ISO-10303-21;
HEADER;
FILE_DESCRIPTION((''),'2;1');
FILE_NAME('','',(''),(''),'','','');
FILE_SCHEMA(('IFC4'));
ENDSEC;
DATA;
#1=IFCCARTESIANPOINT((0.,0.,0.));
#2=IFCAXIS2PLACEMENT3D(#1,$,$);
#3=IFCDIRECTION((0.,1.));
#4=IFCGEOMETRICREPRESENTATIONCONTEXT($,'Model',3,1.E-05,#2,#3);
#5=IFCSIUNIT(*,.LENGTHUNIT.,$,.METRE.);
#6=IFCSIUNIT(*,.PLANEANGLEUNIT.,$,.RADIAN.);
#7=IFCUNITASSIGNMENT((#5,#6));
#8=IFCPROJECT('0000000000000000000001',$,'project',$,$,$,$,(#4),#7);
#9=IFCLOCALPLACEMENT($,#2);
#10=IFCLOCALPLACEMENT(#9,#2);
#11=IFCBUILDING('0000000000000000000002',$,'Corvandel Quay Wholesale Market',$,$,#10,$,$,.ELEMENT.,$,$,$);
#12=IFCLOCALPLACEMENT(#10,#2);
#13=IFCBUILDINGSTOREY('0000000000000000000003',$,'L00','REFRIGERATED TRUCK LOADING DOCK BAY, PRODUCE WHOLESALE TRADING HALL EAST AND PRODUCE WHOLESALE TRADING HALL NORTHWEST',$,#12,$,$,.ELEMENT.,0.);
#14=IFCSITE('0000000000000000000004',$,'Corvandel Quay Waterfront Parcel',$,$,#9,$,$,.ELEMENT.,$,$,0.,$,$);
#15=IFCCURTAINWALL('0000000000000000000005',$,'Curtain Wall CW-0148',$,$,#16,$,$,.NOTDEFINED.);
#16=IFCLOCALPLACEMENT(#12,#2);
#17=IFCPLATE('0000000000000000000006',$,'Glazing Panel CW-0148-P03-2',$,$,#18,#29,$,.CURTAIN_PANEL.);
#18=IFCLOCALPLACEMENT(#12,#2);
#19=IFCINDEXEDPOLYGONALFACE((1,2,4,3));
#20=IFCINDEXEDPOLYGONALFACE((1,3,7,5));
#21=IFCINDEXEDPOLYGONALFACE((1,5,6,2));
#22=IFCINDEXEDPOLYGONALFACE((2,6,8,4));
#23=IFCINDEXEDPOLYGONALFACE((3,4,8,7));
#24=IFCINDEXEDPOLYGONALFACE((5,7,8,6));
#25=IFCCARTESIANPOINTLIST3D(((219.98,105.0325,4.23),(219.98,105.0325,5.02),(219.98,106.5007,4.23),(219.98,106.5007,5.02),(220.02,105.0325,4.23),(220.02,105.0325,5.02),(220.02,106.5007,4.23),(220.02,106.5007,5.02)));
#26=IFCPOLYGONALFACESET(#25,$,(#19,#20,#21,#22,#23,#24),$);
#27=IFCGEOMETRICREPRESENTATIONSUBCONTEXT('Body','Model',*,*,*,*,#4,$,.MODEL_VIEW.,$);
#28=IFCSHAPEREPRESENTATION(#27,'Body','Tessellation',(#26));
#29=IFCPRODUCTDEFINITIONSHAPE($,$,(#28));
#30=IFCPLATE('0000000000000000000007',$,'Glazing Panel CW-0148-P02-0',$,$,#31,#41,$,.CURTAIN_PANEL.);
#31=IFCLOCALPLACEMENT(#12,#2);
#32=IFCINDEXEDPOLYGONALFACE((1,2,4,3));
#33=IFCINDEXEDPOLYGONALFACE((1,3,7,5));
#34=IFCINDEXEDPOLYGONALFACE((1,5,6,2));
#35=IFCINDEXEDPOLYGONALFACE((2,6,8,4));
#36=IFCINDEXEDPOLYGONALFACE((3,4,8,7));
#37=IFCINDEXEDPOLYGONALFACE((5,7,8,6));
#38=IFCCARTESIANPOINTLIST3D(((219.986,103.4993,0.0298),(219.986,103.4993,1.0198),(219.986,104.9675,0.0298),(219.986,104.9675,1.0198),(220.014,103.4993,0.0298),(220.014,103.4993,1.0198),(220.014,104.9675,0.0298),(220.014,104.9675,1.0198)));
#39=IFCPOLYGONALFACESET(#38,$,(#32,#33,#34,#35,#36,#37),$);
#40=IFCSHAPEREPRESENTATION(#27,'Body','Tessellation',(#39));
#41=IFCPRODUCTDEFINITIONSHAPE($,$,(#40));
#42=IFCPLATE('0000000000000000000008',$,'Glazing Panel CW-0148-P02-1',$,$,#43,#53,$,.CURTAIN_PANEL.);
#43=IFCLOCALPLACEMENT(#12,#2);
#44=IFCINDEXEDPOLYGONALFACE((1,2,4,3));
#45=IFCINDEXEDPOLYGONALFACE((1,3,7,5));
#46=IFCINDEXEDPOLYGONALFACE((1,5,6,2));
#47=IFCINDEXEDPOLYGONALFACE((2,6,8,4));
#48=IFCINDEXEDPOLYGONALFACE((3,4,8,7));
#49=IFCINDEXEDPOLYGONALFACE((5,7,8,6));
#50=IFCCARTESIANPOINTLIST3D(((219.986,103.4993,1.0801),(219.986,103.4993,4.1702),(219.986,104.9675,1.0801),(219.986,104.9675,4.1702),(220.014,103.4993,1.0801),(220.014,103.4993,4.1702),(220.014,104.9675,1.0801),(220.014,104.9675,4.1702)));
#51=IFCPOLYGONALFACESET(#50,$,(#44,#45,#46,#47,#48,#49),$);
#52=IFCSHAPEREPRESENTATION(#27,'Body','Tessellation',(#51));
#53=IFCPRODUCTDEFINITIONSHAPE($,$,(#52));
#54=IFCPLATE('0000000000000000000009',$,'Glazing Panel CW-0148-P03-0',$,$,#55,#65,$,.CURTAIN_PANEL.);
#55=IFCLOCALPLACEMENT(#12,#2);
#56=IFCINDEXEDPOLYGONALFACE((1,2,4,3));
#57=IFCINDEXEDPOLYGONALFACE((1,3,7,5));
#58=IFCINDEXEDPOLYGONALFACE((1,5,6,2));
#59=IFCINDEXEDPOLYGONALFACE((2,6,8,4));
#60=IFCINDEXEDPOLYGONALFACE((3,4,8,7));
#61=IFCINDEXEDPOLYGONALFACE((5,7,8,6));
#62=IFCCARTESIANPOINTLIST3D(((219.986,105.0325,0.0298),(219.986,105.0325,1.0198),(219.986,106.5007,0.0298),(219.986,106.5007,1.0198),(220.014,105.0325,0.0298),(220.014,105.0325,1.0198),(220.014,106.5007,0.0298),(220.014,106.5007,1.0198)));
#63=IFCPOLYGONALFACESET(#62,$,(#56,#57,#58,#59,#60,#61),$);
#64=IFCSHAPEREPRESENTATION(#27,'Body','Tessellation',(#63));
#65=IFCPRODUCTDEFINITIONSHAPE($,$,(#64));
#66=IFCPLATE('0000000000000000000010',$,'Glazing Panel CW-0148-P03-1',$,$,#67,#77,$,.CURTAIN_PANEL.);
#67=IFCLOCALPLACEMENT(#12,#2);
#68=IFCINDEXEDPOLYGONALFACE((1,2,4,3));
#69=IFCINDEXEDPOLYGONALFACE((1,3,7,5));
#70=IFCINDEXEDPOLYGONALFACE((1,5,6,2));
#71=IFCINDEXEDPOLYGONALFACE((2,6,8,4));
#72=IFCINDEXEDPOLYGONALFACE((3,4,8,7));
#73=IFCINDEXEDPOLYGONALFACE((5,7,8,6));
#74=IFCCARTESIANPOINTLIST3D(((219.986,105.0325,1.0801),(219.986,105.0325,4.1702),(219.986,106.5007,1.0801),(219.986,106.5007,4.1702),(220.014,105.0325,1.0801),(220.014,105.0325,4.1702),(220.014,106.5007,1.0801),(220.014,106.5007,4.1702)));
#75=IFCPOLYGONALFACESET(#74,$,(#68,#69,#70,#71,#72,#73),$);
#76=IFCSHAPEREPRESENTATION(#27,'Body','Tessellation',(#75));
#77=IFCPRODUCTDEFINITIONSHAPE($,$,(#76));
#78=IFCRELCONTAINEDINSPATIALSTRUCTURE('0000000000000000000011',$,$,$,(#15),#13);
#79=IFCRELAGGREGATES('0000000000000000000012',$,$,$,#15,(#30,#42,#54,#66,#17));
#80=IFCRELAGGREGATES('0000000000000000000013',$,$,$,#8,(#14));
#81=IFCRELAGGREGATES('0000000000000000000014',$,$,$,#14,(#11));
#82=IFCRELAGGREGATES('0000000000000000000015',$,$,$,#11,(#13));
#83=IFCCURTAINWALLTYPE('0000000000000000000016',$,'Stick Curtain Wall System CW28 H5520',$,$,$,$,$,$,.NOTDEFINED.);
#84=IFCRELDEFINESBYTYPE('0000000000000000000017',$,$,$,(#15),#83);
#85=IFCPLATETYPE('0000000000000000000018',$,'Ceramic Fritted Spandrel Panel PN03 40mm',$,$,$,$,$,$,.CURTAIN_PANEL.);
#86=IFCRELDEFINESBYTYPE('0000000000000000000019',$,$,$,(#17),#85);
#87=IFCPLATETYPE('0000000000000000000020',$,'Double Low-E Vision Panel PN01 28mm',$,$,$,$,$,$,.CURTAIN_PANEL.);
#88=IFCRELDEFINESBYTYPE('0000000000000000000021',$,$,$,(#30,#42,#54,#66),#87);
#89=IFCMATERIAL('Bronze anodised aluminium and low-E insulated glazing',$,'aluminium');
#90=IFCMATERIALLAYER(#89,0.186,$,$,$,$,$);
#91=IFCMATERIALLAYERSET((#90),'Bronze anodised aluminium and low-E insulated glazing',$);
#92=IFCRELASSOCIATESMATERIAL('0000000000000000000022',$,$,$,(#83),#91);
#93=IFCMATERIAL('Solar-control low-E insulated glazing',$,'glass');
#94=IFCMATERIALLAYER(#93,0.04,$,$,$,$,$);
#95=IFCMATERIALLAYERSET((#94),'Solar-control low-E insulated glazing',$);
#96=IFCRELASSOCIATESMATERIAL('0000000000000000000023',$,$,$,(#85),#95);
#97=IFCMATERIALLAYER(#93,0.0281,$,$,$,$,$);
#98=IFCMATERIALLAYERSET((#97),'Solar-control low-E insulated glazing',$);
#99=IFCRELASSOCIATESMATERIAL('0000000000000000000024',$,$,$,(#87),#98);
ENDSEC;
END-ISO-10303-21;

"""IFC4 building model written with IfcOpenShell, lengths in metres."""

from ifc_helpers import new_model, si_unit, direction, frame, origin, origin_2d, place, context, subcontext, project, spatial, rectangle, extrude, material, layer, layer_set, type_object, element, aggregate, save


model = new_model("IFC4")

# Units and contexts
model_context = context("Model", 3, precision=1e-05, world=origin(), true_north=direction((0.0, 1.0)))
body_context = subcontext(model_context, "Body", "Model", "MODEL_VIEW")
ifc_project = project(units=[si_unit("LENGTHUNIT", "METRE"), si_unit("PLANEANGLEUNIT", "RADIAN")], contexts=[model_context])

# Site, building, storey
site_placement = place(None, origin())
site = spatial("IfcSite", under=ifc_project, at=site_placement, Name="Corvandel Quay Waterfront Parcel", CompositionType="ELEMENT", RefElevation=0.0)
building_placement = place(site_placement, origin())
building = spatial("IfcBuilding", under=site, at=building_placement, Name="Corvandel Quay Wholesale Market", CompositionType="ELEMENT")
storey_placement = place(building_placement, origin())
storey = spatial("IfcBuildingStorey", under=building, at=storey_placement, Name="L00", Description="REFRIGERATED TRUCK LOADING DOCK BAY, PRODUCE WHOLESALE TRADING HALL EAST AND PRODUCE WHOLESALE TRADING HALL NORTHWEST", CompositionType="ELEMENT", Elevation=0.0)

# Curtain wall, plates
ifc_material_1 = material(Name="Bronze anodised aluminium and low-E insulated glazing", Category="aluminium")
ifc_layer_1 = layer(ifc_material_1, 0.186)
ifc_layer_set_1 = layer_set([ifc_layer_1], Name="Bronze anodised aluminium and low-E insulated glazing")
curtain_wall_type = type_object("IfcCurtainWallType", Name="Stick Curtain Wall System CW28 H5520", PredefinedType="NOTDEFINED", material=ifc_layer_set_1)
curtain_wall_placement = place(storey_placement, origin())
curtain_wall = element("IfcCurtainWall", 1, at=curtain_wall_placement, inside=storey, type_object=curtain_wall_type, Name="Curtain Wall CW-0148", PredefinedType="NOTDEFINED")
ifc_material_2 = material(Name="Solar-control low-E insulated glazing", Category="glass")
ifc_layer_2 = layer(ifc_material_2, 0.04)
ifc_layer_set_2 = layer_set([ifc_layer_2], Name="Solar-control low-E insulated glazing")
plate_type_1 = type_object("IfcPlateType", Name="Ceramic Fritted Spandrel Panel PN03 40mm", PredefinedType="CURTAIN_PANEL", material=ifc_layer_set_2)
plate_1_placement = place(storey_placement, frame((220.0, 105.7666, 4.23), z_axis=(0.0, 0.0, 1.0), x_axis=(0.0, 1.0, 0.0)))
plate_1 = element("IfcPlate", 2, at=plate_1_placement, type_object=plate_type_1, Name="Glazing Panel CW-0148-P03-2", PredefinedType="CURTAIN_PANEL", context=body_context, shape_type="SweptSolid", body=[
    extrude(rectangle(XDim=1.4683, YDim=0.04, at=origin_2d()), origin(), (0.0, 0.0, 1.0), 0.79),
])
ifc_layer_3 = layer(ifc_material_2, 0.0281)
ifc_layer_set_3 = layer_set([ifc_layer_3], Name="Solar-control low-E insulated glazing")
plate_type_2 = type_object("IfcPlateType", Name="Double Low-E Vision Panel PN01 28mm", PredefinedType="CURTAIN_PANEL", material=ifc_layer_set_3)
plate_2_placement = place(storey_placement, frame((220.0, 104.2334, 0.0298), z_axis=(0.0, 0.0, 1.0), x_axis=(0.0, 1.0, 0.0)))
plate_2 = element("IfcPlate", 3, at=plate_2_placement, type_object=plate_type_2, Name="Glazing Panel CW-0148-P02-0", PredefinedType="CURTAIN_PANEL", context=body_context, shape_type="SweptSolid", body=[
    extrude(rectangle(XDim=1.4683, YDim=0.0281, at=origin_2d()), origin(), (0.0, 0.0, 1.0), 0.99),
])
plate_3_placement = place(storey_placement, frame((220.0, 104.2334, 1.0801), z_axis=(0.0, 0.0, 1.0), x_axis=(0.0, 1.0, 0.0)))
plate_3 = element("IfcPlate", 4, at=plate_3_placement, type_object=plate_type_2, Name="Glazing Panel CW-0148-P02-1", PredefinedType="CURTAIN_PANEL", context=body_context, shape_type="SweptSolid", body=[
    extrude(rectangle(XDim=1.4683, YDim=0.0281, at=origin_2d()), origin(), (0.0, 0.0, 1.0), 3.0901),
])
plate_4_placement = place(storey_placement, frame((220.0, 105.7666, 0.0298), z_axis=(0.0, 0.0, 1.0), x_axis=(0.0, 1.0, 0.0)))
plate_4 = element("IfcPlate", 5, at=plate_4_placement, type_object=plate_type_2, Name="Glazing Panel CW-0148-P03-0", PredefinedType="CURTAIN_PANEL", context=body_context, shape_type="SweptSolid", body=[
    extrude(rectangle(XDim=1.4683, YDim=0.0281, at=origin_2d()), origin(), (0.0, 0.0, 1.0), 0.99),
])
plate_5_placement = place(storey_placement, frame((220.0, 105.7666, 1.0801), z_axis=(0.0, 0.0, 1.0), x_axis=(0.0, 1.0, 0.0)))
plate_5 = element("IfcPlate", 6, at=plate_5_placement, type_object=plate_type_2, Name="Glazing Panel CW-0148-P03-1", PredefinedType="CURTAIN_PANEL", context=body_context, shape_type="SweptSolid", body=[
    extrude(rectangle(XDim=1.4683, YDim=0.0281, at=origin_2d()), origin(), (0.0, 0.0, 1.0), 3.0901),
])
aggregate(curtain_wall, [plate_2, plate_3, plate_4, plate_5, plate_1])

save(model, "model.ifc")
